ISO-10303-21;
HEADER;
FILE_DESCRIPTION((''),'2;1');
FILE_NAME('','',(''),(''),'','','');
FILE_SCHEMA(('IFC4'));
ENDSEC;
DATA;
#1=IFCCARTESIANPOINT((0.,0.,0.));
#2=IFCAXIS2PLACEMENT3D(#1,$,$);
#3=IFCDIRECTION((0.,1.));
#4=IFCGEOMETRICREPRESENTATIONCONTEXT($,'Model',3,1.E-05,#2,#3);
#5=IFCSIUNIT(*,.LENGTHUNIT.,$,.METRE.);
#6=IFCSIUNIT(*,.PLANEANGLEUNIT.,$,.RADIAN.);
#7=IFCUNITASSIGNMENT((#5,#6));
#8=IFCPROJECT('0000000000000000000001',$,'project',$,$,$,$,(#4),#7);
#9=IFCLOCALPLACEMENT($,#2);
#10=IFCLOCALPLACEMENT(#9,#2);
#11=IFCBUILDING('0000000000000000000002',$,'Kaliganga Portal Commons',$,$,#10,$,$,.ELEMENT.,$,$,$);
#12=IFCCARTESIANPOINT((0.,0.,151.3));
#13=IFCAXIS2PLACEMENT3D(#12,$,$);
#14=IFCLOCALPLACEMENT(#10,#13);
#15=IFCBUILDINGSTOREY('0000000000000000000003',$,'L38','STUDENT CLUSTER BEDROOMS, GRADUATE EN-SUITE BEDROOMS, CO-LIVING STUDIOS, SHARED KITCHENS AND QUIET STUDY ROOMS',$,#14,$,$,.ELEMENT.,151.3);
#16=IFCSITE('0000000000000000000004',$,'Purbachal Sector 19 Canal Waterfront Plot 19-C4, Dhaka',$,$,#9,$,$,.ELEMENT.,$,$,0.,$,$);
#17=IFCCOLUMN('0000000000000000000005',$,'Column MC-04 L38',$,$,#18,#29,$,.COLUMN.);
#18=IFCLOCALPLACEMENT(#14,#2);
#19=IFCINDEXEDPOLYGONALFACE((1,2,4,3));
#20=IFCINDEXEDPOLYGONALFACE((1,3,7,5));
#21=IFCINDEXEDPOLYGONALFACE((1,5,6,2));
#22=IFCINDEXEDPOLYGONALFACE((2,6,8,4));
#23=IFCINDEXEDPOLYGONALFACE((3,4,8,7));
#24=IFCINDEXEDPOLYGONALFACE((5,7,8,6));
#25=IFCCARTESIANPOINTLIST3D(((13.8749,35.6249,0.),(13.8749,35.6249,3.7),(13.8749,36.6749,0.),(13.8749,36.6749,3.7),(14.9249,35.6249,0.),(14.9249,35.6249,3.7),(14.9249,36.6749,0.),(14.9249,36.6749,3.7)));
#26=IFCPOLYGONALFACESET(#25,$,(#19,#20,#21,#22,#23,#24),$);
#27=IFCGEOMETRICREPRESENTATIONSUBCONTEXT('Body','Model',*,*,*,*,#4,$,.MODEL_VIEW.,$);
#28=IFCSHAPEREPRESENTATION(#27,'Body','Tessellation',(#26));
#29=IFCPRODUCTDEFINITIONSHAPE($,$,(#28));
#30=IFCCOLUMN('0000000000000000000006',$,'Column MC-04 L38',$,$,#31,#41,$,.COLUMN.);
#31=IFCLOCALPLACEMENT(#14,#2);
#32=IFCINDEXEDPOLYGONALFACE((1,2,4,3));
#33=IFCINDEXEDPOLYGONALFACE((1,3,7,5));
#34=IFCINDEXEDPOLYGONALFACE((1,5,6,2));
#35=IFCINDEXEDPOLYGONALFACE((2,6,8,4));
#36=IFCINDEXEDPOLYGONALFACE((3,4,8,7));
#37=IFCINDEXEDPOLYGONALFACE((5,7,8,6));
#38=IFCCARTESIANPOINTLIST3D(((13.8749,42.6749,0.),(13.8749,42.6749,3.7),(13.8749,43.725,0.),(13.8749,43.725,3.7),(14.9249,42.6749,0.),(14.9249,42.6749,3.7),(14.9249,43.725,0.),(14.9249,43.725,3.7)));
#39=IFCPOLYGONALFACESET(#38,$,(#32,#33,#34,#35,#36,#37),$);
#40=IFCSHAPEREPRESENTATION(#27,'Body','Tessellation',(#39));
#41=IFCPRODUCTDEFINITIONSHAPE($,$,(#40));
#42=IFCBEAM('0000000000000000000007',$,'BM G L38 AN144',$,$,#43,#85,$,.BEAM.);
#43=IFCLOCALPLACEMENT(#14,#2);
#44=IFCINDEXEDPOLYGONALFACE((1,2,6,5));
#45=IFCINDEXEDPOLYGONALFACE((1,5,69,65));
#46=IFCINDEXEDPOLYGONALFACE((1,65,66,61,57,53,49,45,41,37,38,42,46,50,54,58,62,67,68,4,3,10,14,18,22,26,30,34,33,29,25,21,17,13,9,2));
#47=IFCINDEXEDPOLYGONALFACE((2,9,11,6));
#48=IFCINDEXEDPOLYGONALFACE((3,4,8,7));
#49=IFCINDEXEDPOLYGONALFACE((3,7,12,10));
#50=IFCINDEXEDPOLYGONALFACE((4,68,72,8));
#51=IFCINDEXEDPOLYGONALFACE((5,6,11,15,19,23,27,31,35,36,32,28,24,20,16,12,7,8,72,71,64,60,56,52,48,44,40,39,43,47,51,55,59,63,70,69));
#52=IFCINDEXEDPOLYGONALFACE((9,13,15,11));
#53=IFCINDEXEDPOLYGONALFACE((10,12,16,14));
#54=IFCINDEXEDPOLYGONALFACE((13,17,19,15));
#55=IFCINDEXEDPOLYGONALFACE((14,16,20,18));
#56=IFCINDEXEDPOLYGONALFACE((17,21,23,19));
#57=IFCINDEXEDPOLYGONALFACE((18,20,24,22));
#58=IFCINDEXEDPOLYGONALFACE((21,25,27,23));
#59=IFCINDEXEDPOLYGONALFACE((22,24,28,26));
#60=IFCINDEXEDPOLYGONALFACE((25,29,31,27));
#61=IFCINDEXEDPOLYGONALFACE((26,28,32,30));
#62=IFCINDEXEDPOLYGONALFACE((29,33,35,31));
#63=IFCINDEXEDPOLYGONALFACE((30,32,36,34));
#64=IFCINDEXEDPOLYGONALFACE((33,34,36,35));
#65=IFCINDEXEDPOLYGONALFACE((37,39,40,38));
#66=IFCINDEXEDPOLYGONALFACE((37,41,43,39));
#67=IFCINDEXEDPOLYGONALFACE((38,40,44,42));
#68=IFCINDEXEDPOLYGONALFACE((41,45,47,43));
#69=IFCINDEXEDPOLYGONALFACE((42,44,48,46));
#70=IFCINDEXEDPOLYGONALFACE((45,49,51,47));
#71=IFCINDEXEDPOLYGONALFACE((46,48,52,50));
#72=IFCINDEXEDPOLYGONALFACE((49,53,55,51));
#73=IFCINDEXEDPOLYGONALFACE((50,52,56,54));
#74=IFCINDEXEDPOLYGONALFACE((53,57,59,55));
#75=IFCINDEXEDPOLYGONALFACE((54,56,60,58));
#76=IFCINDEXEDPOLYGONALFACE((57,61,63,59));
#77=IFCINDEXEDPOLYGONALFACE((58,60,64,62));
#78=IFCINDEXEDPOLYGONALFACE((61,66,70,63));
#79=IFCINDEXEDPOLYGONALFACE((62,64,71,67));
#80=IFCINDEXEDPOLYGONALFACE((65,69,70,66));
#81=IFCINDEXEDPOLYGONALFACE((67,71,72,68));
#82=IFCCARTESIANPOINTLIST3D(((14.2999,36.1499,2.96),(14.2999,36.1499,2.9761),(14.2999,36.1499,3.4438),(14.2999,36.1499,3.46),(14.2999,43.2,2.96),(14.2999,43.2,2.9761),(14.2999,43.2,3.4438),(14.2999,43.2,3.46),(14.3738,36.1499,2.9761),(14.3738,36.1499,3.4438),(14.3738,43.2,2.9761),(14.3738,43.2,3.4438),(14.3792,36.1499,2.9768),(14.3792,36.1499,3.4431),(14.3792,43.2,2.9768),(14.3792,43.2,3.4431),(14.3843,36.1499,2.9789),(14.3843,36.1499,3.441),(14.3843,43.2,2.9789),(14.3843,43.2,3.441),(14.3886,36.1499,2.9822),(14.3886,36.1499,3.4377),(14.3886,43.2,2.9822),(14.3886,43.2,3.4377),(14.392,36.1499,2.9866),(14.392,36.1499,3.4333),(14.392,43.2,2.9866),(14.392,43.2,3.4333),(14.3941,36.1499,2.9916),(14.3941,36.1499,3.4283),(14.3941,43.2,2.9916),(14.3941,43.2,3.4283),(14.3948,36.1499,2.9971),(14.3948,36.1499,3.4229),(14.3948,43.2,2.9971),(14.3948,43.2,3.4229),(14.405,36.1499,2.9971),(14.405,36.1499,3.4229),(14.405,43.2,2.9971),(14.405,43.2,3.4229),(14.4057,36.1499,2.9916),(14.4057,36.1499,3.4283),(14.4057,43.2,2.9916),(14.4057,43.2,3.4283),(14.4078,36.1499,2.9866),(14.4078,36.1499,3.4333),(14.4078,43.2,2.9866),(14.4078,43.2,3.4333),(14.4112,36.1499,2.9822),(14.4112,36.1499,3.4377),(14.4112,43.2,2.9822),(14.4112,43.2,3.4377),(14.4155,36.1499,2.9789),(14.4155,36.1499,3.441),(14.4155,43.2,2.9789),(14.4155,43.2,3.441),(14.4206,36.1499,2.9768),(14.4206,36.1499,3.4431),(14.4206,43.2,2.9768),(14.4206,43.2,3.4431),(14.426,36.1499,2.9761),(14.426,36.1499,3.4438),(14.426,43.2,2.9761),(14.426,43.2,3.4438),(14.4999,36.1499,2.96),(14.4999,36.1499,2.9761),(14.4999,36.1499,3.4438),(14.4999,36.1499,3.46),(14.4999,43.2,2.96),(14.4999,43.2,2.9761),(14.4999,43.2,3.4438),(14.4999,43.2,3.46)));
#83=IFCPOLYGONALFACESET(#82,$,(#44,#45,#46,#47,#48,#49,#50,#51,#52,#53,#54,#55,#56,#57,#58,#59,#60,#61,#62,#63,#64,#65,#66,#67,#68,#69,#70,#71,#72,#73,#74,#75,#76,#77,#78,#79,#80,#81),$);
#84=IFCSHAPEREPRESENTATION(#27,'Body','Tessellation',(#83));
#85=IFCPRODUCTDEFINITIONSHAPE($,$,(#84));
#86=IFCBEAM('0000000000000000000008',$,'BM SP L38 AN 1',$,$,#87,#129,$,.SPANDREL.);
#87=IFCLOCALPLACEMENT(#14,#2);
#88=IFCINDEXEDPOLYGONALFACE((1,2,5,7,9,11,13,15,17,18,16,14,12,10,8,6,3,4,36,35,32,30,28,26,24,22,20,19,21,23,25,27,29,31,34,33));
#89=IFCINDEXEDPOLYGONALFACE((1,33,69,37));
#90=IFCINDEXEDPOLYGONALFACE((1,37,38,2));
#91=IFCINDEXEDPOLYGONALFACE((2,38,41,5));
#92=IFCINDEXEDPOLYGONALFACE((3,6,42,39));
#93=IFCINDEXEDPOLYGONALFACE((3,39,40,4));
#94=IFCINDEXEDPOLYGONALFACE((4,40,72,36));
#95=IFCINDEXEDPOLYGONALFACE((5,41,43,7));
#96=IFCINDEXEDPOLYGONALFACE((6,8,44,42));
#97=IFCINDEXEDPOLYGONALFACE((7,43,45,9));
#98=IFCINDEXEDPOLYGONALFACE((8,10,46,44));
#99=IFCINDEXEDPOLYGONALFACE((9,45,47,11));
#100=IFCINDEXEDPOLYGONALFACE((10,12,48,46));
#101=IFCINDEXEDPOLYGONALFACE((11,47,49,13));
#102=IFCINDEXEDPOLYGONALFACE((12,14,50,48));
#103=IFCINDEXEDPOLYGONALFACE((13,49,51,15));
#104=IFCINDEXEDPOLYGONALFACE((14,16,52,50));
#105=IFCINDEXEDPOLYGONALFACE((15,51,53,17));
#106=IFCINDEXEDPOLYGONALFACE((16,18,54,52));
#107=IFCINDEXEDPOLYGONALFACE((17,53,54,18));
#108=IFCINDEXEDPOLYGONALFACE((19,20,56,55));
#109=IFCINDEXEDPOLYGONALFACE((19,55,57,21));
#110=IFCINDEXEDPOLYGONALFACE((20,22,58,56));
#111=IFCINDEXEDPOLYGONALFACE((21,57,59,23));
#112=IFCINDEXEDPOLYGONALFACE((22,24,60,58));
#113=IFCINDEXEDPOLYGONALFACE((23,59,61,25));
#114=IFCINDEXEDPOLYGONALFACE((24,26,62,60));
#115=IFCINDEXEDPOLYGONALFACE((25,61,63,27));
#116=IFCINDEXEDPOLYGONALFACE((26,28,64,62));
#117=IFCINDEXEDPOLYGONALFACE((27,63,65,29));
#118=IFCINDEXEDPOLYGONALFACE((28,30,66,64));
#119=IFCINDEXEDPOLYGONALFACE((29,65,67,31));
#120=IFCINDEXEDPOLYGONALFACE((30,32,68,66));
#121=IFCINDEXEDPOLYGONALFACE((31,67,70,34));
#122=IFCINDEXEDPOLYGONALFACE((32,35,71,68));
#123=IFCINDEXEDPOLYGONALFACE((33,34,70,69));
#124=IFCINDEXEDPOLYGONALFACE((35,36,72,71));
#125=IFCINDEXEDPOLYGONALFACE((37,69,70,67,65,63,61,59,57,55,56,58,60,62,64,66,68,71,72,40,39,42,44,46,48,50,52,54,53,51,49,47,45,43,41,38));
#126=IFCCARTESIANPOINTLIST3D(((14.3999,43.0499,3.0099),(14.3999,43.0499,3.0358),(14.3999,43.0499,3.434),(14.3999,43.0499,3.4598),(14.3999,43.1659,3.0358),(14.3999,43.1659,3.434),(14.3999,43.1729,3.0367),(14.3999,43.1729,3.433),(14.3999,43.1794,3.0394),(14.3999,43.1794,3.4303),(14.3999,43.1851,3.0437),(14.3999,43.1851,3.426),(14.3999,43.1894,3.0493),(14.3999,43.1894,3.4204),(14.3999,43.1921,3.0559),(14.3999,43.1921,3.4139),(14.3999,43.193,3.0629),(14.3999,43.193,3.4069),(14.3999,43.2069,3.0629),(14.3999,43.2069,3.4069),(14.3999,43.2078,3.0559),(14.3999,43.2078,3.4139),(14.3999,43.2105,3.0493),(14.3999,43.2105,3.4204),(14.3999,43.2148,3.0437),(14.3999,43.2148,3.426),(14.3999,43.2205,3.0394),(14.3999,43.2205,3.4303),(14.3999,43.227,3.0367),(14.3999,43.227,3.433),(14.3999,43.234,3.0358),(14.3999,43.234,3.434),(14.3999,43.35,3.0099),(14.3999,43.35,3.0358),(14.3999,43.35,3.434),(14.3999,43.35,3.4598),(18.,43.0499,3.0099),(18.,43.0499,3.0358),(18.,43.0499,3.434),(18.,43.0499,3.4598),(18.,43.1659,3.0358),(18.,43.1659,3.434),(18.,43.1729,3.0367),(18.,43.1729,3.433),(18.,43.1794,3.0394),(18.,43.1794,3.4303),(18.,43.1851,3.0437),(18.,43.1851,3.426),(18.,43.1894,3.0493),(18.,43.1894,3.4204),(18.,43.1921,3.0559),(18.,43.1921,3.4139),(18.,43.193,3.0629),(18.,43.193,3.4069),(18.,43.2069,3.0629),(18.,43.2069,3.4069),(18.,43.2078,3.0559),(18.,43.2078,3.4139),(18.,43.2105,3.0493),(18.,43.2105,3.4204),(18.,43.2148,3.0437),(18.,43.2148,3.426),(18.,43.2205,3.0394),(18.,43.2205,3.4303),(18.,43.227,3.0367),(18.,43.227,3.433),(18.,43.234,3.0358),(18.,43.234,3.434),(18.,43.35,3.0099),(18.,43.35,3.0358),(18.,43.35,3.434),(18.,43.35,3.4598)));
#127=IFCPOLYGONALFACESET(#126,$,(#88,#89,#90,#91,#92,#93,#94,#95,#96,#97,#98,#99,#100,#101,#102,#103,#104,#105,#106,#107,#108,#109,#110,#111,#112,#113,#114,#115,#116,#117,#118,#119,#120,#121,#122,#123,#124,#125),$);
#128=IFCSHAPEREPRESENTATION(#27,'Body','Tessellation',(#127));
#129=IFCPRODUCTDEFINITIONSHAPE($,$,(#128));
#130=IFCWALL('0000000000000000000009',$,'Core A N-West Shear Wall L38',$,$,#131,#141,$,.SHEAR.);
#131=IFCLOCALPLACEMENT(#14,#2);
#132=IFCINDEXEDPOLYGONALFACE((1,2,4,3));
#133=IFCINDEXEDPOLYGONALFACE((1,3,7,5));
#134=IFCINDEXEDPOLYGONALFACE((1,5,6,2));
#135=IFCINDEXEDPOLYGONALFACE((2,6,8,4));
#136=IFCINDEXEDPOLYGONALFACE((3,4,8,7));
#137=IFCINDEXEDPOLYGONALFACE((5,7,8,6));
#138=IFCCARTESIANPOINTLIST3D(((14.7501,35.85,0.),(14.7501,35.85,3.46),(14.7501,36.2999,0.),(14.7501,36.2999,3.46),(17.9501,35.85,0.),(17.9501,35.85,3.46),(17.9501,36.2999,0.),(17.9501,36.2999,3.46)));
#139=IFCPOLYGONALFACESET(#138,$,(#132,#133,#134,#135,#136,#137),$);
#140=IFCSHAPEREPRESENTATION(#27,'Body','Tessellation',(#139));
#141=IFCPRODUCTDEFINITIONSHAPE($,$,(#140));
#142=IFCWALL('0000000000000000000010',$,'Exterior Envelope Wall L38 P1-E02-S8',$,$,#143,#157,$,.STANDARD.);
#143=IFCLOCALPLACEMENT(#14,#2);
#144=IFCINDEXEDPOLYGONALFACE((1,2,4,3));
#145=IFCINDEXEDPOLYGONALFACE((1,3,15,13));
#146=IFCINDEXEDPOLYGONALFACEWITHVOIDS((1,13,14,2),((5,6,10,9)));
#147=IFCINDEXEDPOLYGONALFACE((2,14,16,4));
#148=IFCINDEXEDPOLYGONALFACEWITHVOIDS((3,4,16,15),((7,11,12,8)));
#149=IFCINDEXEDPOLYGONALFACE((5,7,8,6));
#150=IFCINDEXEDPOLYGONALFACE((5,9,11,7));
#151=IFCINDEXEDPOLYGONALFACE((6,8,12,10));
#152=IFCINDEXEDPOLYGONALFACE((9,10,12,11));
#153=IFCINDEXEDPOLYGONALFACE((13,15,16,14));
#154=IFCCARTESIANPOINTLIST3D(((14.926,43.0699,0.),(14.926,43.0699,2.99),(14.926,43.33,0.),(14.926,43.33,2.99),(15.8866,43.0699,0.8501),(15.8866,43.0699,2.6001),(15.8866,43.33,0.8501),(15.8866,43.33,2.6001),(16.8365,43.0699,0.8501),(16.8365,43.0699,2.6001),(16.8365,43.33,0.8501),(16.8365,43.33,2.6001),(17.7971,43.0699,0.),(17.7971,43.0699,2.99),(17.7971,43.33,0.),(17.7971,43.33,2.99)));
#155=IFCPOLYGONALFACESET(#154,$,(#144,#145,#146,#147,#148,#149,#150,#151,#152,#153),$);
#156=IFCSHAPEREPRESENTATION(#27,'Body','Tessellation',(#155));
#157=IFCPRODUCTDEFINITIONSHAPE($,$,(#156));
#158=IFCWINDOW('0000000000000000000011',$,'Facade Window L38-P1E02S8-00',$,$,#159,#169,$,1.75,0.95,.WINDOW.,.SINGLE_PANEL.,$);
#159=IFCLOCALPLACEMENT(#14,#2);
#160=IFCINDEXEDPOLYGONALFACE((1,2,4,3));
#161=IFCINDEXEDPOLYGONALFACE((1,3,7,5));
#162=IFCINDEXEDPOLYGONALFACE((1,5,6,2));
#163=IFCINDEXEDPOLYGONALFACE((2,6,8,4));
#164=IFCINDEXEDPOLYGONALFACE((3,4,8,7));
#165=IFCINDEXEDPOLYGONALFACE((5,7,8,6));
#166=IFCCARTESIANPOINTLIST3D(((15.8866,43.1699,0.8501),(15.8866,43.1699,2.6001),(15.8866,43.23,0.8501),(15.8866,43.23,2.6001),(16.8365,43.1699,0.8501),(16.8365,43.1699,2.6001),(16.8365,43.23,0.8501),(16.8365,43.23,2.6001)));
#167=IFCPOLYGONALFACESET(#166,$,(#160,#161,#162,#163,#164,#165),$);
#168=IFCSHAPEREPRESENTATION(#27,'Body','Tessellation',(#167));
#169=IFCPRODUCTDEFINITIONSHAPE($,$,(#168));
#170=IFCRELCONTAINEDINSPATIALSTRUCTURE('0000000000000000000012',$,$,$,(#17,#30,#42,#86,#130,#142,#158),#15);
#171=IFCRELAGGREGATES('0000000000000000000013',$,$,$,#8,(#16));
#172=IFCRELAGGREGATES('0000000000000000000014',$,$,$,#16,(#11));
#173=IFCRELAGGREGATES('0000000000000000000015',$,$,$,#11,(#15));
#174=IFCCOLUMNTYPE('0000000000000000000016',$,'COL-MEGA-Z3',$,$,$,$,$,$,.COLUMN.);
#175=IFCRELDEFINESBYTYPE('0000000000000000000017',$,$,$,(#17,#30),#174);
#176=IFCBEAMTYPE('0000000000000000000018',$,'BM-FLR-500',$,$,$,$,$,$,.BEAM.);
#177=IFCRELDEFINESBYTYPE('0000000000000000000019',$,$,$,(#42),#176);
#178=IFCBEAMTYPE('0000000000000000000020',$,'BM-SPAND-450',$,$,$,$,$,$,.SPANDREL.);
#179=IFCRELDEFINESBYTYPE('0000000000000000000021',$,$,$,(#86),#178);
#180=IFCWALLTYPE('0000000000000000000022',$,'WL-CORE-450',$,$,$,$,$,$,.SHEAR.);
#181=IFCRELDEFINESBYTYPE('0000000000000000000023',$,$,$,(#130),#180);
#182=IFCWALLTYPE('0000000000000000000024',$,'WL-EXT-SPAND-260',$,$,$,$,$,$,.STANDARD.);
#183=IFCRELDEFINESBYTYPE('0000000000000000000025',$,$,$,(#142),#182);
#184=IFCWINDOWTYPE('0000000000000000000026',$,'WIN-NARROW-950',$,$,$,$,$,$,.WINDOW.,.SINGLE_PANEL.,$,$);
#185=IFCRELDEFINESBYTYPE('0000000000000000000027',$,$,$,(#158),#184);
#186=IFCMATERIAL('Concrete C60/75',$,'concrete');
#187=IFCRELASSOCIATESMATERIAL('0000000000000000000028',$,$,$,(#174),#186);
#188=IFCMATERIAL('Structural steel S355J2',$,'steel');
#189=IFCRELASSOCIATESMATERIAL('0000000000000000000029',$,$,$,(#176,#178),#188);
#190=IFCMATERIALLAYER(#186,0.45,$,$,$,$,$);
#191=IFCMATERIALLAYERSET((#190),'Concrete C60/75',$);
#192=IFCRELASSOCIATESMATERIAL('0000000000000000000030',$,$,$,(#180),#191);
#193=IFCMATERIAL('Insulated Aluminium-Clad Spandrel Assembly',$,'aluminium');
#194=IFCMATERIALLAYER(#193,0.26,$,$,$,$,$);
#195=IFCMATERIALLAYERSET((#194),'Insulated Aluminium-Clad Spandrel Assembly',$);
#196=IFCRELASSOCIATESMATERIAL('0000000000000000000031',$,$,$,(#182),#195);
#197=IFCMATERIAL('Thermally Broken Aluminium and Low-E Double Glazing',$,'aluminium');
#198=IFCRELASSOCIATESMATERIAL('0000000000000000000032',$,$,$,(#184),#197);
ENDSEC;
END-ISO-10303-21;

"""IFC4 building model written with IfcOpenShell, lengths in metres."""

from ifc_helpers import new_model, si_unit, direction, frame, frame_2d, origin, origin_2d, place, context, subcontext, project, spatial, rectangle, i_section, extrude, source, transform, mapped, material, layer, layer_set, material_profile, profile_set, type_object, element, fill, save


model = new_model("IFC4")

# Units and contexts
model_context = context("Model", 3, precision=1e-05, world=origin(), true_north=direction((0.0, 1.0)))
body_context = subcontext(model_context, "Body", "Model", "MODEL_VIEW")
ifc_project = project(units=[si_unit("LENGTHUNIT", "METRE"), si_unit("PLANEANGLEUNIT", "RADIAN")], contexts=[model_context])

# Site, building, storey
site_placement = place(None, origin())
site = spatial("IfcSite", under=ifc_project, at=site_placement, Name="Purbachal Sector 19 Canal Waterfront Plot 19-C4, Dhaka", CompositionType="ELEMENT", RefElevation=0.0)
building_placement = place(site_placement, origin())
building = spatial("IfcBuilding", under=site, at=building_placement, Name="Kaliganga Portal Commons", CompositionType="ELEMENT")
storey_placement = place(building_placement, frame((0.0, 0.0, 151.3)))
storey = spatial("IfcBuildingStorey", under=building, at=storey_placement, Name="L38", Description="STUDENT CLUSTER BEDROOMS, GRADUATE EN-SUITE BEDROOMS, CO-LIVING STUDIOS, SHARED KITCHENS AND QUIET STUDY ROOMS", CompositionType="ELEMENT", Elevation=151.3)

# Columns
ifc_material_1 = material(Name="Concrete C60/75", Category="concrete")
ifc_material_profile_1 = material_profile(ifc_material_1, rectangle(XDim=1.05, YDim=1.05, at=origin_2d()), Name="RC 1050x1050")
ifc_profile_set_1 = profile_set([ifc_material_profile_1], Name="Concrete C60/75")
column_type = type_object("IfcColumnType", Name="COL-MEGA-Z3", PredefinedType="COLUMN", material=ifc_profile_set_1)
shared_shape_1 = source(origin(), body_context, "Body", "SweptSolid", [
    extrude(rectangle(XDim=1.05, YDim=1.05, at=origin_2d()), origin(), (0.0, 0.0, 1.0), 3.7),
])
for number, where, z_axis, x_axis, name in (
    (1, (14.3999, 36.1499, 0.0), (0.0, 0.0, 1.0), (1.0, 0.0, 0.0), "Column MC-04 L38"),
    (2, (14.3999, 43.2, 0.0), (0.0, 0.0, 1.0), (1.0, 0.0, 0.0), "Column MC-04 L38"),
):
    element("IfcColumn", number, at=place(storey_placement, frame(where, z_axis=z_axis, x_axis=x_axis)), inside=storey, type_object=column_type, Name=name, PredefinedType="COLUMN", context=body_context, shape_type="MappedRepresentation", body=[
        mapped(shared_shape_1, transform((0.0, 0.0, 0.0), x_axis=(1.0, 0.0, 0.0), y_axis=(0.0, 1.0, 0.0), z_axis=(0.0, 0.0, 1.0), scale=1.0)),
    ])

# Beams
ifc_material_2 = material(Name="Structural steel S355J2", Category="steel")
ifc_material_profile_2 = material_profile(ifc_material_2, i_section(OverallWidth=0.2, OverallDepth=0.5, WebThickness=0.0103, FlangeThickness=0.0161, FilletRadius=0.021, at=origin_2d()), Name="IPE 500")
ifc_profile_set_2 = profile_set([ifc_material_profile_2], Name="Structural steel S355J2 wide-flange")
beam_type_1 = type_object("IfcBeamType", Name="BM-FLR-500", PredefinedType="BEAM", material=ifc_profile_set_2)
shared_shape_2 = source(origin(), body_context, "Body", "SweptSolid", [
    extrude(i_section(OverallWidth=0.2, OverallDepth=0.5, WebThickness=0.0103, FlangeThickness=0.0161, FilletRadius=0.021, at=origin_2d()), origin(), (0.0, 0.0, 1.0), 7.05),
])
beam_1_placement = place(storey_placement, frame((14.3999, 36.1499, 3.21), z_axis=(0.0, 1.0, 0.0), x_axis=(-1.0, 0.0, 0.0)))
element("IfcBeam", 3, at=beam_1_placement, inside=storey, type_object=beam_type_1, Name="BM G L38 AN144", PredefinedType="BEAM", context=body_context, shape_type="MappedRepresentation", body=[
    mapped(shared_shape_2, transform((0.0, 0.0, 0.0), x_axis=(1.0, 0.0, 0.0), y_axis=(0.0, 1.0, 0.0), z_axis=(0.0, 0.0, 1.0), scale=1.0)),
])
ifc_material_profile_3 = material_profile(ifc_material_2, i_section(OverallWidth=0.3, OverallDepth=0.45, WebThickness=0.0139, FlangeThickness=0.0259, FilletRadius=0.0271, at=origin_2d()), Name="HE 450 B")
ifc_profile_set_3 = profile_set([ifc_material_profile_3], Name="Structural steel S355J2 wide-flange")
beam_type_2 = type_object("IfcBeamType", Name="BM-SPAND-450", PredefinedType="SPANDREL", material=ifc_profile_set_3)
shared_shape_3 = source(origin(), body_context, "Body", "SweptSolid", [
    extrude(i_section(OverallWidth=0.3, OverallDepth=0.45, WebThickness=0.0139, FlangeThickness=0.0259, FilletRadius=0.0271, at=origin_2d()), origin(), (0.0, 0.0, 1.0), 3.6001),
])
beam_2_placement = place(storey_placement, frame((14.3999, 43.2, 3.2349), z_axis=(1.0, 0.0, 0.0), x_axis=(0.0, 1.0, 0.0)))
element("IfcBeam", 4, at=beam_2_placement, inside=storey, type_object=beam_type_2, Name="BM SP L38 AN 1", PredefinedType="SPANDREL", context=body_context, shape_type="MappedRepresentation", body=[
    mapped(shared_shape_3, transform((0.0, 0.0, 0.0), x_axis=(1.0, 0.0, 0.0), y_axis=(0.0, 1.0, 0.0), z_axis=(0.0, 0.0, 1.0), scale=1.0)),
])

# Wall
ifc_layer_1 = layer(ifc_material_1, 0.45)
ifc_layer_set_1 = layer_set([ifc_layer_1], Name="Concrete C60/75")
wall_type_1 = type_object("IfcWallType", Name="WL-CORE-450", PredefinedType="SHEAR", material=ifc_layer_set_1)
wall_1_placement = place(storey_placement, frame((14.75, 36.075, 0.0), z_axis=(0.0, 0.0, 1.0), x_axis=(1.0, 0.0, 0.0)))
element("IfcWall", 5, at=wall_1_placement, inside=storey, type_object=wall_type_1, Name="Core A N-West Shear Wall L38", PredefinedType="SHEAR", context=body_context, shape_type="SweptSolid", body=[
    extrude(rectangle(XDim=3.2, YDim=0.45, at=frame_2d((1.6001, 0.0))), origin(), (0.0, 0.0, 1.0), 3.46),
])

# Wall, opening, window
ifc_material_3 = material(Name="Insulated Aluminium-Clad Spandrel Assembly", Category="aluminium")
ifc_layer_2 = layer(ifc_material_3, 0.26)
ifc_layer_set_2 = layer_set([ifc_layer_2], Name="Insulated Aluminium-Clad Spandrel Assembly")
wall_type_2 = type_object("IfcWallType", Name="WL-EXT-SPAND-260", PredefinedType="STANDARD", material=ifc_layer_set_2)
wall_2_placement = place(storey_placement, frame((14.926, 43.2, 0.0), z_axis=(0.0, 0.0, 1.0), x_axis=(1.0, 0.0, 0.0)))
wall_2 = element("IfcWall", 6, at=wall_2_placement, inside=storey, type_object=wall_type_2, Name="Exterior Envelope Wall L38 P1-E02-S8", PredefinedType="STANDARD", context=body_context, shape_type="SweptSolid", body=[
    extrude(rectangle(XDim=2.8711, YDim=0.26, at=frame_2d((1.4355, 0.0))), origin(), (0.0, 0.0, 1.0), 2.99),
])
opening_1_placement = place(wall_2_placement, frame((0.9604, 0.0, 0.8501)))
opening_1 = element("IfcOpeningElement", 7, at=opening_1_placement, cuts=wall_2, PredefinedType="OPENING", context=body_context, shape_type="SweptSolid", body=[
    extrude(rectangle(XDim=0.95, YDim=1.75, at=frame_2d((0.4751, 0.875))), frame((0.0, 0.1401, 0.0), z_axis=(0.0, -1.0, 0.0), x_axis=(1.0, 0.0, 0.0)), (0.0, 0.0, 1.0), 0.28),
])
ifc_material_4 = material(Name="Thermally Broken Aluminium and Low-E Double Glazing", Category="aluminium")
window_type = type_object("IfcWindowType", Name="WIN-NARROW-950", PartitioningType="SINGLE_PANEL", PredefinedType="WINDOW", material=ifc_material_4)
window_placement = place(opening_1_placement, origin())
window = element("IfcWindow", 8, at=window_placement, inside=storey, type_object=window_type, Name="Facade Window L38-P1E02S8-00", OverallHeight=1.75, OverallWidth=0.95, PartitioningType="SINGLE_PANEL", PredefinedType="WINDOW", context=body_context, shape_type="SweptSolid", body=[
    extrude(rectangle(XDim=0.95, YDim=1.75, at=frame_2d((0.4751, 0.875))), frame((0.0, 0.03, 0.0), z_axis=(0.0, -1.0, 0.0), x_axis=(1.0, 0.0, 0.0)), (0.0, 0.0, 1.0), 0.0601),
])
fill(opening_1, window)

save(model, "model.ifc")
